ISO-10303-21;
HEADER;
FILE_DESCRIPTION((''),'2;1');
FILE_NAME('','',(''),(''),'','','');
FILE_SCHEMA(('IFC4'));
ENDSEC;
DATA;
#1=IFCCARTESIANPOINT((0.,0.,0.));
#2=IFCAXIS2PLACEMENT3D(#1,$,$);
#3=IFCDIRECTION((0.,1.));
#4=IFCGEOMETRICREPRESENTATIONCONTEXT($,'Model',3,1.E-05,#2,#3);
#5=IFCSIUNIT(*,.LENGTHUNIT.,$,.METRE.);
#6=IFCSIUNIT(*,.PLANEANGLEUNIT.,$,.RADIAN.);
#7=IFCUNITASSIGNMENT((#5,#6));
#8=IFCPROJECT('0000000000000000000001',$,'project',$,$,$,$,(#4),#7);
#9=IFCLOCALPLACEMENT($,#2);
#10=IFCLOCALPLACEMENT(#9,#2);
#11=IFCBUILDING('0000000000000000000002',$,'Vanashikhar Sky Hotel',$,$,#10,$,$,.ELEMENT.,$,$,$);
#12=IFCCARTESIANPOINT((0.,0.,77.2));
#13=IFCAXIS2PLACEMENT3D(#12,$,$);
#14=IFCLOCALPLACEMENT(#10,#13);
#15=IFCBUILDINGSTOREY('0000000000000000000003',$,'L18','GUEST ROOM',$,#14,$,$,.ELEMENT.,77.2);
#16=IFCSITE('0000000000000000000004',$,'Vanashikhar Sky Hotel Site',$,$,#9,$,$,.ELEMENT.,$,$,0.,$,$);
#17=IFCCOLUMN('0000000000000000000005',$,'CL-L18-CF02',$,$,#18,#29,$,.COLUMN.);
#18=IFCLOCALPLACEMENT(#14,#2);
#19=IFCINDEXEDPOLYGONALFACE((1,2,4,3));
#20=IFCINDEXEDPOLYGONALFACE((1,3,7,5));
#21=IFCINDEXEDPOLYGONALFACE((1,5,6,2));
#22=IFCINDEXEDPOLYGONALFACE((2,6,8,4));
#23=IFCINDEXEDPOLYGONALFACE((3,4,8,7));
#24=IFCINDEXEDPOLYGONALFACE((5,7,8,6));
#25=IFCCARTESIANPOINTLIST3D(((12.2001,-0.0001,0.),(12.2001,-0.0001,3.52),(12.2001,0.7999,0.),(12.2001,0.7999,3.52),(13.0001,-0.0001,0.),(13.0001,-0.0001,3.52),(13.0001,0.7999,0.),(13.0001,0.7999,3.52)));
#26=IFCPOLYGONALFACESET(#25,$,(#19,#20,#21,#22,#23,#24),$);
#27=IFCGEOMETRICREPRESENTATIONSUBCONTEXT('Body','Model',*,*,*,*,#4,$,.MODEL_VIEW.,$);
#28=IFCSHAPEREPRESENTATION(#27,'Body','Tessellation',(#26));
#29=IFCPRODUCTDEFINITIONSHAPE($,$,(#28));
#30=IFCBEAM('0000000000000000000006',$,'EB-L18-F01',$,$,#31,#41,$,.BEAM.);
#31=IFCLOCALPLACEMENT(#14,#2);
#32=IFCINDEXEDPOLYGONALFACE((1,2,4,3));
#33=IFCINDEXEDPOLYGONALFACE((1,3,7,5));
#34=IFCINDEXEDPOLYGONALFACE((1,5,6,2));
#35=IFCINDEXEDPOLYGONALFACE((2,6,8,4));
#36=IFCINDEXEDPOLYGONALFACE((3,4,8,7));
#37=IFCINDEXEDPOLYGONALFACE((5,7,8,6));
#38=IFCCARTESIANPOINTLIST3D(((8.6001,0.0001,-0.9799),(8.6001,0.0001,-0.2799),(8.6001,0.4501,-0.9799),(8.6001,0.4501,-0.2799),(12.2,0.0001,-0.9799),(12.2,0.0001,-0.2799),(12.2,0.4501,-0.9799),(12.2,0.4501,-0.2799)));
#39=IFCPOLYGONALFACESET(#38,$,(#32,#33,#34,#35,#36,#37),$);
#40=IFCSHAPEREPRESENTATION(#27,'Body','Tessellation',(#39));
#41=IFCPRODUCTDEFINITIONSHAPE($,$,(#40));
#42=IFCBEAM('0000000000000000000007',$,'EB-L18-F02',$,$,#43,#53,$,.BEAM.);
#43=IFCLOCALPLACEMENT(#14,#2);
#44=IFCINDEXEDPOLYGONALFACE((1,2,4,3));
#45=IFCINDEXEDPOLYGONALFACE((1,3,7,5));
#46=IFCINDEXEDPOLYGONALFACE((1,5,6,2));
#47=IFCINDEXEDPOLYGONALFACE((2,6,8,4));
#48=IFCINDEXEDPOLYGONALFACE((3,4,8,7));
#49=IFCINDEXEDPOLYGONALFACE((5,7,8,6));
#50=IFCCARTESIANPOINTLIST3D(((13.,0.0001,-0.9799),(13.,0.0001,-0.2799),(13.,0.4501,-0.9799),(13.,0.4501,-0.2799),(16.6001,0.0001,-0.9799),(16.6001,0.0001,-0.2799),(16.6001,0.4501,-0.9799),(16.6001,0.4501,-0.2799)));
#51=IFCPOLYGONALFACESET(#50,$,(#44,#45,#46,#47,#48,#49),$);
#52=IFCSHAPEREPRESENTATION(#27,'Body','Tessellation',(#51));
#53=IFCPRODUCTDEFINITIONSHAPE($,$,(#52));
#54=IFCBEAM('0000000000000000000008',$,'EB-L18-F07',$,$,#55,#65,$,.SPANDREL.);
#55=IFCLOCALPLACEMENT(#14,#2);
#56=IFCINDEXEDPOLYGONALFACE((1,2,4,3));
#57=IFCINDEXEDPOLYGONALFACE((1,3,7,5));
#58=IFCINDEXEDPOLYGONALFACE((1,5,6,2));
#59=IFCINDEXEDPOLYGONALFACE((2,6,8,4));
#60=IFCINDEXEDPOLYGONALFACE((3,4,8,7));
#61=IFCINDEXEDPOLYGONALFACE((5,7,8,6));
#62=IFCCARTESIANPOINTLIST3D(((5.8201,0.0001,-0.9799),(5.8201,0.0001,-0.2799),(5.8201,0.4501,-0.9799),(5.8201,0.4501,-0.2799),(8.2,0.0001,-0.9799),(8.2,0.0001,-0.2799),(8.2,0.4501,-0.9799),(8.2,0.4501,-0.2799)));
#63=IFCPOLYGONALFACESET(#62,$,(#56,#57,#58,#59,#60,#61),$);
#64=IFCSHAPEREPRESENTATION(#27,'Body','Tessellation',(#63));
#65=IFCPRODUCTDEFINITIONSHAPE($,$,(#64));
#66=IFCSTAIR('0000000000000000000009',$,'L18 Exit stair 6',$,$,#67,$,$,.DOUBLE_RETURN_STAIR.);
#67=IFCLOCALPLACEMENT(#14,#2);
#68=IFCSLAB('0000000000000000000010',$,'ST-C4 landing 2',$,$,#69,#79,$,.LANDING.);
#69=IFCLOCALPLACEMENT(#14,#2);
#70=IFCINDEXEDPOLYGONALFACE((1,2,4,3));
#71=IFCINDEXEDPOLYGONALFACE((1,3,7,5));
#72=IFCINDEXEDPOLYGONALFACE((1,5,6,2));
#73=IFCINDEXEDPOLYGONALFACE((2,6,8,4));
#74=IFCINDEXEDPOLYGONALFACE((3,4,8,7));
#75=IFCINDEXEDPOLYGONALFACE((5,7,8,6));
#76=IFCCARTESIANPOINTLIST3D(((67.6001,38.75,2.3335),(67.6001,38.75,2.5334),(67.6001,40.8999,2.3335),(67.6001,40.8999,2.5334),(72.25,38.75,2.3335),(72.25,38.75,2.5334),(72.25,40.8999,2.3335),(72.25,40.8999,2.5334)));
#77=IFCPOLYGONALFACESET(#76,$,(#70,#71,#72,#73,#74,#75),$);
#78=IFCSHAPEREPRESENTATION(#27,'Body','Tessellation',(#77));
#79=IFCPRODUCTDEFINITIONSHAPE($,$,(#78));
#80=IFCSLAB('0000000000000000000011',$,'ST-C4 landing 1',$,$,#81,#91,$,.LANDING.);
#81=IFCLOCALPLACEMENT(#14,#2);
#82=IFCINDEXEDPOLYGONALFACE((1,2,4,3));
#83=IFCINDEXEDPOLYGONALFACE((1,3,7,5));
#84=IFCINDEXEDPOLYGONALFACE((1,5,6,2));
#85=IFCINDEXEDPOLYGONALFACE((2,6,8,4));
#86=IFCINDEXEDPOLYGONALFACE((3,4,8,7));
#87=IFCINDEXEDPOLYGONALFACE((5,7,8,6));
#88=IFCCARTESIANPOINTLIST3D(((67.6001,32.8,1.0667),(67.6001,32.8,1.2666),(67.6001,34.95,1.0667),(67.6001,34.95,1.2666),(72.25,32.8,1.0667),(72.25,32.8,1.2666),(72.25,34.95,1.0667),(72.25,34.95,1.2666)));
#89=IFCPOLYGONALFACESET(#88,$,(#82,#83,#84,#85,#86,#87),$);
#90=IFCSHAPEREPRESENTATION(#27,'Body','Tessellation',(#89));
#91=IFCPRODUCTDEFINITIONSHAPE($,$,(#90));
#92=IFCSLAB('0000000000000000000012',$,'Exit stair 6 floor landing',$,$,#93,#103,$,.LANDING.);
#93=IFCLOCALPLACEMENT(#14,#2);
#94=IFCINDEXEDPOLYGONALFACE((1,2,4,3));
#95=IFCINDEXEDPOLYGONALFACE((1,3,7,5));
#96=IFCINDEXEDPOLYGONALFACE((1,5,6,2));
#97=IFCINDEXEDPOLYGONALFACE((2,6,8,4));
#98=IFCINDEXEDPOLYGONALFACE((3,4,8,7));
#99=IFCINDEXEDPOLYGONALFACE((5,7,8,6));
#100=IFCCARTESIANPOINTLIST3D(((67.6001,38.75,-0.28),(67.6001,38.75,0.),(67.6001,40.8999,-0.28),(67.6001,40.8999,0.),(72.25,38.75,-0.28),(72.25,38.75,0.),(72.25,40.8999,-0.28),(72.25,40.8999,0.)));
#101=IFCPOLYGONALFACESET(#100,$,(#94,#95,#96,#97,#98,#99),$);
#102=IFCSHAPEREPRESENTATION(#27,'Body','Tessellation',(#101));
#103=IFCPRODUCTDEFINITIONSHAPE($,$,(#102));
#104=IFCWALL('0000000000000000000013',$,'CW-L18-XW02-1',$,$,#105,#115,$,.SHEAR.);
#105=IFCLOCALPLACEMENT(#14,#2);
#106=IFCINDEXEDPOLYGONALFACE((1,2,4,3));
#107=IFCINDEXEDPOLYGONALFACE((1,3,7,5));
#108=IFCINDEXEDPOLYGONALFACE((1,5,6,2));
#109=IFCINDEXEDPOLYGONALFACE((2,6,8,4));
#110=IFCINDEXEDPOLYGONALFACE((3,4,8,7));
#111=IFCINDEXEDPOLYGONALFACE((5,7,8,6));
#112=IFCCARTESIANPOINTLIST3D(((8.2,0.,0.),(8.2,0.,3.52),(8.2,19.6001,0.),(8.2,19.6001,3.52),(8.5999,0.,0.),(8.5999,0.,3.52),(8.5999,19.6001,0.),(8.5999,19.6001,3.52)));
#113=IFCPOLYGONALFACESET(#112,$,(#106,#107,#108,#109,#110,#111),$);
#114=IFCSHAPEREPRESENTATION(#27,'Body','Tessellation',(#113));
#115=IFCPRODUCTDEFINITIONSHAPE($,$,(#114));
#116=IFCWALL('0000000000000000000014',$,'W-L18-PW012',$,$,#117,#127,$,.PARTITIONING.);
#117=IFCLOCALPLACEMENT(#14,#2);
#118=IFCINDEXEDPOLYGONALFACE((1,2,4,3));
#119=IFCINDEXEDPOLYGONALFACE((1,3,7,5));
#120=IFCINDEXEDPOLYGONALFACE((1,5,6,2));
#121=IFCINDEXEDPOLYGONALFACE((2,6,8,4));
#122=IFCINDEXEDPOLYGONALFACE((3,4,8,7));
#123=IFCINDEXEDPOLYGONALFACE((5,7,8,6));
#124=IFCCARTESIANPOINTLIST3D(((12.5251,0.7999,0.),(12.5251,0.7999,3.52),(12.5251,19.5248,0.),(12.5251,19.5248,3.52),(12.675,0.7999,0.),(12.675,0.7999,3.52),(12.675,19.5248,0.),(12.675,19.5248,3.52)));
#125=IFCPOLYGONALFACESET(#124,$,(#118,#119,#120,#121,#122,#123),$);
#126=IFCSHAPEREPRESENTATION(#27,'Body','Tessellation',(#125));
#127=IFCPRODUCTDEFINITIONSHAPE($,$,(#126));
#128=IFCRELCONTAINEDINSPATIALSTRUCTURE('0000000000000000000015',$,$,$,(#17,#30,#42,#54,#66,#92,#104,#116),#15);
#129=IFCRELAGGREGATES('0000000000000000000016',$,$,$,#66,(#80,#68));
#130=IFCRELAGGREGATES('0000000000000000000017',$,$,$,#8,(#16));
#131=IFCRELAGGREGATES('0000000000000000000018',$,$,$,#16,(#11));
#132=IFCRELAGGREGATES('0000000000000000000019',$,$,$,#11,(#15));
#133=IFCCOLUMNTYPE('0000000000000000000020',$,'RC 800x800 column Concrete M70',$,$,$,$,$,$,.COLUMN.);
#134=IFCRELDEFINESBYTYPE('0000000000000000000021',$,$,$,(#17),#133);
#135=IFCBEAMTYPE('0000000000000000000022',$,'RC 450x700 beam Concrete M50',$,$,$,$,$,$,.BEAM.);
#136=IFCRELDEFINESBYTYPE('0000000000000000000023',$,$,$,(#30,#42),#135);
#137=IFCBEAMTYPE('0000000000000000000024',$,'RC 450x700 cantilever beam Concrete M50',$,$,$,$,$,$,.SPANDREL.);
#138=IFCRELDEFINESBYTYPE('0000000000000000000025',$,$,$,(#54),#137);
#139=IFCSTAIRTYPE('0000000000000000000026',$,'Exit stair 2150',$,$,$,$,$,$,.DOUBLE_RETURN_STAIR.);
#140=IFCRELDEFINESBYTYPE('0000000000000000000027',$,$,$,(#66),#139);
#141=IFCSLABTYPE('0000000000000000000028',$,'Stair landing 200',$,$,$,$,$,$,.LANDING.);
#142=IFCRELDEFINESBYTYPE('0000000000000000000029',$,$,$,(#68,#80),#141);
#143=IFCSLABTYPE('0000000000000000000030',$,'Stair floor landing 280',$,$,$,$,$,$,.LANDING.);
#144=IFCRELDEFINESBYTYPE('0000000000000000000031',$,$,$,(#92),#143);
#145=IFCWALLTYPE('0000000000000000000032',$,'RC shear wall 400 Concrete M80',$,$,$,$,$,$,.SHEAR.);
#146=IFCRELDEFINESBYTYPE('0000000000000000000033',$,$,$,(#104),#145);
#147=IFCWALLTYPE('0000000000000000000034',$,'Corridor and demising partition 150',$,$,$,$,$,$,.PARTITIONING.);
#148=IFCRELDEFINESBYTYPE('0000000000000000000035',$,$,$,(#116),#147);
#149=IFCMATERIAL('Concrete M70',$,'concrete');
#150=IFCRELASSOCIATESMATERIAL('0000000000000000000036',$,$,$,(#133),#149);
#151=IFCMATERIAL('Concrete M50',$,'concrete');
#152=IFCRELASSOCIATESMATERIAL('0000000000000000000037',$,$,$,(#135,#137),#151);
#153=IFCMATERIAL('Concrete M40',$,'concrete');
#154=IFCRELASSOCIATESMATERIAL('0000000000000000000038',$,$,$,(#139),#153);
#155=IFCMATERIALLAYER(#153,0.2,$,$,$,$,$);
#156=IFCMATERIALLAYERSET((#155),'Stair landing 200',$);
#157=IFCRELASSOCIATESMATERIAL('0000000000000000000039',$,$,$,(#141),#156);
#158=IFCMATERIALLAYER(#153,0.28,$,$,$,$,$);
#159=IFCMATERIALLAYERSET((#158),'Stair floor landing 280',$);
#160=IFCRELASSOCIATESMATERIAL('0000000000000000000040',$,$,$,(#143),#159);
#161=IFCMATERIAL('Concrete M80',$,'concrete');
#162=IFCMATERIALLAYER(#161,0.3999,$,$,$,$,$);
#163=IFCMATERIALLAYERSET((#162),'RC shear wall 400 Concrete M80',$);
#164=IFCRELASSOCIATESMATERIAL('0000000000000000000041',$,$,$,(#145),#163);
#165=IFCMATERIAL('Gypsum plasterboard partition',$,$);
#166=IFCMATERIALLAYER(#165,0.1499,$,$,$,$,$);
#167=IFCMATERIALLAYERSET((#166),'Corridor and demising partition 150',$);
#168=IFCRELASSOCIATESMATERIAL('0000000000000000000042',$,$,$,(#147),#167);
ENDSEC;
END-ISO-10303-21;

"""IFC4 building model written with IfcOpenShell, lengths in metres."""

from ifc_helpers import new_model, si_unit, direction, frame, frame_2d, origin, origin_2d, place, context, subcontext, project, spatial, polyline, rectangle, outline, extrude, source, transform, mapped, material, layer, layer_set, material_profile, profile_set, type_object, element, aggregate, save


model = new_model("IFC4")

# Units and contexts
model_context = context("Model", 3, precision=1e-05, world=origin(), true_north=direction((0.0, 1.0)))
body_context = subcontext(model_context, "Body", "Model", "MODEL_VIEW")
ifc_project = project(units=[si_unit("LENGTHUNIT", "METRE"), si_unit("PLANEANGLEUNIT", "RADIAN")], contexts=[model_context])

# Site, building, storey
site_placement = place(None, origin())
site = spatial("IfcSite", under=ifc_project, at=site_placement, Name="Vanashikhar Sky Hotel Site", CompositionType="ELEMENT", RefElevation=0.0)
building_placement = place(site_placement, origin())
building = spatial("IfcBuilding", under=site, at=building_placement, Name="Vanashikhar Sky Hotel", CompositionType="ELEMENT")
storey_placement = place(building_placement, frame((0.0, 0.0, 77.2)))
storey = spatial("IfcBuildingStorey", under=building, at=storey_placement, Name="L18", Description="GUEST ROOM", CompositionType="ELEMENT", Elevation=77.2)

# Column
ifc_material_1 = material(Name="Concrete M70", Category="concrete")
ifc_material_profile_1 = material_profile(ifc_material_1, rectangle(XDim=0.8, YDim=0.8, at=origin_2d()))
ifc_profile_set_1 = profile_set([ifc_material_profile_1], Name="RC 800x800 column Concrete M70")
column_type = type_object("IfcColumnType", Name="RC 800x800 column Concrete M70", PredefinedType="COLUMN", material=ifc_profile_set_1)
shared_shape_1 = source(origin(), body_context, "Body", "SweptSolid", [
    extrude(rectangle(XDim=0.8, YDim=0.8, at=origin_2d()), origin(), (0.0, 0.0, 1.0), 3.52),
])
column_placement = place(storey_placement, frame((12.6001, 0.3999, 0.0), z_axis=(0.0, 0.0, 1.0), x_axis=(1.0, 0.0, 0.0)))
element("IfcColumn", 1, at=column_placement, inside=storey, type_object=column_type, Name="CL-L18-CF02", PredefinedType="COLUMN", context=body_context, shape_type="MappedRepresentation", body=[
    mapped(shared_shape_1, transform((0.0, 0.0, 0.0), scale=1.0)),
])

# Beams
ifc_material_2 = material(Name="Concrete M50", Category="concrete")
ifc_material_profile_2 = material_profile(ifc_material_2, rectangle(XDim=0.45, YDim=0.7, at=origin_2d()))
ifc_profile_set_2 = profile_set([ifc_material_profile_2], Name="RC 450x700 beam Concrete M50")
beam_type_1 = type_object("IfcBeamType", Name="RC 450x700 beam Concrete M50", PredefinedType="BEAM", material=ifc_profile_set_2)
shared_shape_2 = source(origin(), body_context, "Body", "SweptSolid", [
    extrude(rectangle(XDim=0.45, YDim=0.7, at=origin_2d()), origin(), (0.0, 0.0, 1.0), 3.5999),
])
beam_1_placement = place(storey_placement, frame((8.6001, 0.2251, -0.6299), z_axis=(1.0, 0.0, 0.0), x_axis=(0.0, 1.0, 0.0)))
element("IfcBeam", 2, at=beam_1_placement, inside=storey, type_object=beam_type_1, Name="EB-L18-F01", PredefinedType="BEAM", context=body_context, shape_type="MappedRepresentation", body=[
    mapped(shared_shape_2, transform((0.0, 0.0, 0.0), scale=1.0)),
])
shared_shape_3 = source(origin(), body_context, "Body", "SweptSolid", [
    extrude(rectangle(XDim=0.45, YDim=0.7, at=origin_2d()), origin(), (0.0, 0.0, 1.0), 3.6001),
])
beam_2_placement = place(storey_placement, frame((13.0, 0.2251, -0.6299), z_axis=(1.0, 0.0, 0.0), x_axis=(0.0, 1.0, 0.0)))
element("IfcBeam", 3, at=beam_2_placement, inside=storey, type_object=beam_type_1, Name="EB-L18-F02", PredefinedType="BEAM", context=body_context, shape_type="MappedRepresentation", body=[
    mapped(shared_shape_3, transform((0.0, 0.0, 0.0), scale=1.0)),
])
ifc_material_profile_3 = material_profile(ifc_material_2, rectangle(XDim=0.45, YDim=0.7, at=origin_2d()))
ifc_profile_set_3 = profile_set([ifc_material_profile_3], Name="RC 450x700 cantilever beam Concrete M50")
beam_type_2 = type_object("IfcBeamType", Name="RC 450x700 cantilever beam Concrete M50", PredefinedType="SPANDREL", material=ifc_profile_set_3)
shared_shape_4 = source(origin(), body_context, "Body", "SweptSolid", [
    extrude(rectangle(XDim=0.45, YDim=0.7, at=origin_2d()), origin(), (0.0, 0.0, 1.0), 2.3799),
])
beam_3_placement = place(storey_placement, frame((5.8201, 0.2251, -0.6299), z_axis=(1.0, 0.0, 0.0), x_axis=(0.0, 1.0, 0.0)))
element("IfcBeam", 4, at=beam_3_placement, inside=storey, type_object=beam_type_2, Name="EB-L18-F07", PredefinedType="SPANDREL", context=body_context, shape_type="MappedRepresentation", body=[
    mapped(shared_shape_4, transform((0.0, 0.0, 0.0), scale=1.0)),
])

# Stair, slabs
ifc_material_3 = material(Name="Concrete M40", Category="concrete")
stair_type = type_object("IfcStairType", Name="Exit stair 2150", PredefinedType="DOUBLE_RETURN_STAIR", material=ifc_material_3)
stair_placement = place(storey_placement, origin())
stair = element("IfcStair", 5, at=stair_placement, inside=storey, type_object=stair_type, Name="L18 Exit stair 6", PredefinedType="DOUBLE_RETURN_STAIR")
ifc_layer_1 = layer(ifc_material_3, 0.2)
ifc_layer_set_1 = layer_set([ifc_layer_1], Name="Stair landing 200")
slab_type_1 = type_object("IfcSlabType", Name="Stair landing 200", PredefinedType="LANDING", material=ifc_layer_set_1)
shared_shape_5 = source(origin(), body_context, "Body", "SweptSolid", [
    extrude(outline(polyline([(72.25, 38.75), (72.25, 40.8999), (67.6001, 40.8999), (67.6001, 38.75), (72.25, 38.75)])), origin(), (0.0, 0.0, 1.0), 0.2),
])
slab_1_placement = place(storey_placement, frame((0.0, 0.0, 2.3335)))
slab_1 = element("IfcSlab", 6, at=slab_1_placement, type_object=slab_type_1, Name="ST-C4 landing 2", PredefinedType="LANDING", context=body_context, shape_type="MappedRepresentation", body=[
    mapped(shared_shape_5, transform((0.0, 0.0, 0.0), scale=1.0)),
])
shared_shape_6 = source(origin(), body_context, "Body", "SweptSolid", [
    extrude(outline(polyline([(72.25, 32.8), (72.25, 34.95), (67.6001, 34.95), (67.6001, 32.8), (72.25, 32.8)])), origin(), (0.0, 0.0, 1.0), 0.2),
])
slab_2_placement = place(storey_placement, frame((0.0, 0.0, 1.0667)))
slab_2 = element("IfcSlab", 7, at=slab_2_placement, type_object=slab_type_1, Name="ST-C4 landing 1", PredefinedType="LANDING", context=body_context, shape_type="MappedRepresentation", body=[
    mapped(shared_shape_6, transform((0.0, 0.0, 0.0), scale=1.0)),
])
aggregate(stair, [slab_2, slab_1])

# Slab
ifc_layer_2 = layer(ifc_material_3, 0.28)
ifc_layer_set_2 = layer_set([ifc_layer_2], Name="Stair floor landing 280")
slab_type_2 = type_object("IfcSlabType", Name="Stair floor landing 280", PredefinedType="LANDING", material=ifc_layer_set_2)
shared_shape_7 = source(origin(), body_context, "Body", "SweptSolid", [
    extrude(outline(polyline([(72.25, 38.75), (72.25, 40.8999), (67.6001, 40.8999), (67.6001, 38.75), (72.25, 38.75)])), origin(), (0.0, 0.0, 1.0), 0.28),
])
slab_3_placement = place(storey_placement, frame((0.0, 0.0, -0.28)))
element("IfcSlab", 8, at=slab_3_placement, inside=storey, type_object=slab_type_2, Name="Exit stair 6 floor landing", PredefinedType="LANDING", context=body_context, shape_type="MappedRepresentation", body=[
    mapped(shared_shape_7, transform((0.0, 0.0, 0.0), scale=1.0)),
])

# Wall
ifc_material_4 = material(Name="Concrete M80", Category="concrete")
ifc_layer_3 = layer(ifc_material_4, 0.3999)
ifc_layer_set_3 = layer_set([ifc_layer_3], Name="RC shear wall 400 Concrete M80")
wall_type_1 = type_object("IfcWallType", Name="RC shear wall 400 Concrete M80", PredefinedType="SHEAR", material=ifc_layer_set_3)
shared_shape_8 = source(origin(), body_context, "Body", "SweptSolid", [
    extrude(rectangle(XDim=19.6001, YDim=0.3999, at=frame_2d((9.8, 0.0))), origin(), (0.0, 0.0, 1.0), 3.52),
])
wall_1_placement = place(storey_placement, frame((8.3999, 0.0, 0.0), z_axis=(0.0, 0.0, 1.0), x_axis=(0.0, 1.0, 0.0)))
element("IfcWall", 9, at=wall_1_placement, inside=storey, type_object=wall_type_1, Name="CW-L18-XW02-1", PredefinedType="SHEAR", context=body_context, shape_type="MappedRepresentation", body=[
    mapped(shared_shape_8, transform((0.0, 0.0, 0.0), scale=1.0)),
])

# Wall
ifc_material_5 = material(Name="Gypsum plasterboard partition")
ifc_layer_4 = layer(ifc_material_5, 0.1499)
ifc_layer_set_4 = layer_set([ifc_layer_4], Name="Corridor and demising partition 150")
wall_type_2 = type_object("IfcWallType", Name="Corridor and demising partition 150", PredefinedType="PARTITIONING", material=ifc_layer_set_4)
shared_shape_9 = source(origin(), body_context, "Body", "SweptSolid", [
    extrude(rectangle(XDim=18.7249, YDim=0.1499, at=frame_2d((9.3623, 0.0))), origin(), (0.0, 0.0, 1.0), 3.52),
])
wall_2_placement = place(storey_placement, frame((12.6001, 0.8, 0.0), z_axis=(0.0, 0.0, 1.0), x_axis=(0.0, 1.0, 0.0)))
element("IfcWall", 10, at=wall_2_placement, inside=storey, type_object=wall_type_2, Name="W-L18-PW012", PredefinedType="PARTITIONING", context=body_context, shape_type="MappedRepresentation", body=[
    mapped(shared_shape_9, transform((0.0, 0.0, 0.0), scale=1.0)),
])

save(model, "model.ifc")
